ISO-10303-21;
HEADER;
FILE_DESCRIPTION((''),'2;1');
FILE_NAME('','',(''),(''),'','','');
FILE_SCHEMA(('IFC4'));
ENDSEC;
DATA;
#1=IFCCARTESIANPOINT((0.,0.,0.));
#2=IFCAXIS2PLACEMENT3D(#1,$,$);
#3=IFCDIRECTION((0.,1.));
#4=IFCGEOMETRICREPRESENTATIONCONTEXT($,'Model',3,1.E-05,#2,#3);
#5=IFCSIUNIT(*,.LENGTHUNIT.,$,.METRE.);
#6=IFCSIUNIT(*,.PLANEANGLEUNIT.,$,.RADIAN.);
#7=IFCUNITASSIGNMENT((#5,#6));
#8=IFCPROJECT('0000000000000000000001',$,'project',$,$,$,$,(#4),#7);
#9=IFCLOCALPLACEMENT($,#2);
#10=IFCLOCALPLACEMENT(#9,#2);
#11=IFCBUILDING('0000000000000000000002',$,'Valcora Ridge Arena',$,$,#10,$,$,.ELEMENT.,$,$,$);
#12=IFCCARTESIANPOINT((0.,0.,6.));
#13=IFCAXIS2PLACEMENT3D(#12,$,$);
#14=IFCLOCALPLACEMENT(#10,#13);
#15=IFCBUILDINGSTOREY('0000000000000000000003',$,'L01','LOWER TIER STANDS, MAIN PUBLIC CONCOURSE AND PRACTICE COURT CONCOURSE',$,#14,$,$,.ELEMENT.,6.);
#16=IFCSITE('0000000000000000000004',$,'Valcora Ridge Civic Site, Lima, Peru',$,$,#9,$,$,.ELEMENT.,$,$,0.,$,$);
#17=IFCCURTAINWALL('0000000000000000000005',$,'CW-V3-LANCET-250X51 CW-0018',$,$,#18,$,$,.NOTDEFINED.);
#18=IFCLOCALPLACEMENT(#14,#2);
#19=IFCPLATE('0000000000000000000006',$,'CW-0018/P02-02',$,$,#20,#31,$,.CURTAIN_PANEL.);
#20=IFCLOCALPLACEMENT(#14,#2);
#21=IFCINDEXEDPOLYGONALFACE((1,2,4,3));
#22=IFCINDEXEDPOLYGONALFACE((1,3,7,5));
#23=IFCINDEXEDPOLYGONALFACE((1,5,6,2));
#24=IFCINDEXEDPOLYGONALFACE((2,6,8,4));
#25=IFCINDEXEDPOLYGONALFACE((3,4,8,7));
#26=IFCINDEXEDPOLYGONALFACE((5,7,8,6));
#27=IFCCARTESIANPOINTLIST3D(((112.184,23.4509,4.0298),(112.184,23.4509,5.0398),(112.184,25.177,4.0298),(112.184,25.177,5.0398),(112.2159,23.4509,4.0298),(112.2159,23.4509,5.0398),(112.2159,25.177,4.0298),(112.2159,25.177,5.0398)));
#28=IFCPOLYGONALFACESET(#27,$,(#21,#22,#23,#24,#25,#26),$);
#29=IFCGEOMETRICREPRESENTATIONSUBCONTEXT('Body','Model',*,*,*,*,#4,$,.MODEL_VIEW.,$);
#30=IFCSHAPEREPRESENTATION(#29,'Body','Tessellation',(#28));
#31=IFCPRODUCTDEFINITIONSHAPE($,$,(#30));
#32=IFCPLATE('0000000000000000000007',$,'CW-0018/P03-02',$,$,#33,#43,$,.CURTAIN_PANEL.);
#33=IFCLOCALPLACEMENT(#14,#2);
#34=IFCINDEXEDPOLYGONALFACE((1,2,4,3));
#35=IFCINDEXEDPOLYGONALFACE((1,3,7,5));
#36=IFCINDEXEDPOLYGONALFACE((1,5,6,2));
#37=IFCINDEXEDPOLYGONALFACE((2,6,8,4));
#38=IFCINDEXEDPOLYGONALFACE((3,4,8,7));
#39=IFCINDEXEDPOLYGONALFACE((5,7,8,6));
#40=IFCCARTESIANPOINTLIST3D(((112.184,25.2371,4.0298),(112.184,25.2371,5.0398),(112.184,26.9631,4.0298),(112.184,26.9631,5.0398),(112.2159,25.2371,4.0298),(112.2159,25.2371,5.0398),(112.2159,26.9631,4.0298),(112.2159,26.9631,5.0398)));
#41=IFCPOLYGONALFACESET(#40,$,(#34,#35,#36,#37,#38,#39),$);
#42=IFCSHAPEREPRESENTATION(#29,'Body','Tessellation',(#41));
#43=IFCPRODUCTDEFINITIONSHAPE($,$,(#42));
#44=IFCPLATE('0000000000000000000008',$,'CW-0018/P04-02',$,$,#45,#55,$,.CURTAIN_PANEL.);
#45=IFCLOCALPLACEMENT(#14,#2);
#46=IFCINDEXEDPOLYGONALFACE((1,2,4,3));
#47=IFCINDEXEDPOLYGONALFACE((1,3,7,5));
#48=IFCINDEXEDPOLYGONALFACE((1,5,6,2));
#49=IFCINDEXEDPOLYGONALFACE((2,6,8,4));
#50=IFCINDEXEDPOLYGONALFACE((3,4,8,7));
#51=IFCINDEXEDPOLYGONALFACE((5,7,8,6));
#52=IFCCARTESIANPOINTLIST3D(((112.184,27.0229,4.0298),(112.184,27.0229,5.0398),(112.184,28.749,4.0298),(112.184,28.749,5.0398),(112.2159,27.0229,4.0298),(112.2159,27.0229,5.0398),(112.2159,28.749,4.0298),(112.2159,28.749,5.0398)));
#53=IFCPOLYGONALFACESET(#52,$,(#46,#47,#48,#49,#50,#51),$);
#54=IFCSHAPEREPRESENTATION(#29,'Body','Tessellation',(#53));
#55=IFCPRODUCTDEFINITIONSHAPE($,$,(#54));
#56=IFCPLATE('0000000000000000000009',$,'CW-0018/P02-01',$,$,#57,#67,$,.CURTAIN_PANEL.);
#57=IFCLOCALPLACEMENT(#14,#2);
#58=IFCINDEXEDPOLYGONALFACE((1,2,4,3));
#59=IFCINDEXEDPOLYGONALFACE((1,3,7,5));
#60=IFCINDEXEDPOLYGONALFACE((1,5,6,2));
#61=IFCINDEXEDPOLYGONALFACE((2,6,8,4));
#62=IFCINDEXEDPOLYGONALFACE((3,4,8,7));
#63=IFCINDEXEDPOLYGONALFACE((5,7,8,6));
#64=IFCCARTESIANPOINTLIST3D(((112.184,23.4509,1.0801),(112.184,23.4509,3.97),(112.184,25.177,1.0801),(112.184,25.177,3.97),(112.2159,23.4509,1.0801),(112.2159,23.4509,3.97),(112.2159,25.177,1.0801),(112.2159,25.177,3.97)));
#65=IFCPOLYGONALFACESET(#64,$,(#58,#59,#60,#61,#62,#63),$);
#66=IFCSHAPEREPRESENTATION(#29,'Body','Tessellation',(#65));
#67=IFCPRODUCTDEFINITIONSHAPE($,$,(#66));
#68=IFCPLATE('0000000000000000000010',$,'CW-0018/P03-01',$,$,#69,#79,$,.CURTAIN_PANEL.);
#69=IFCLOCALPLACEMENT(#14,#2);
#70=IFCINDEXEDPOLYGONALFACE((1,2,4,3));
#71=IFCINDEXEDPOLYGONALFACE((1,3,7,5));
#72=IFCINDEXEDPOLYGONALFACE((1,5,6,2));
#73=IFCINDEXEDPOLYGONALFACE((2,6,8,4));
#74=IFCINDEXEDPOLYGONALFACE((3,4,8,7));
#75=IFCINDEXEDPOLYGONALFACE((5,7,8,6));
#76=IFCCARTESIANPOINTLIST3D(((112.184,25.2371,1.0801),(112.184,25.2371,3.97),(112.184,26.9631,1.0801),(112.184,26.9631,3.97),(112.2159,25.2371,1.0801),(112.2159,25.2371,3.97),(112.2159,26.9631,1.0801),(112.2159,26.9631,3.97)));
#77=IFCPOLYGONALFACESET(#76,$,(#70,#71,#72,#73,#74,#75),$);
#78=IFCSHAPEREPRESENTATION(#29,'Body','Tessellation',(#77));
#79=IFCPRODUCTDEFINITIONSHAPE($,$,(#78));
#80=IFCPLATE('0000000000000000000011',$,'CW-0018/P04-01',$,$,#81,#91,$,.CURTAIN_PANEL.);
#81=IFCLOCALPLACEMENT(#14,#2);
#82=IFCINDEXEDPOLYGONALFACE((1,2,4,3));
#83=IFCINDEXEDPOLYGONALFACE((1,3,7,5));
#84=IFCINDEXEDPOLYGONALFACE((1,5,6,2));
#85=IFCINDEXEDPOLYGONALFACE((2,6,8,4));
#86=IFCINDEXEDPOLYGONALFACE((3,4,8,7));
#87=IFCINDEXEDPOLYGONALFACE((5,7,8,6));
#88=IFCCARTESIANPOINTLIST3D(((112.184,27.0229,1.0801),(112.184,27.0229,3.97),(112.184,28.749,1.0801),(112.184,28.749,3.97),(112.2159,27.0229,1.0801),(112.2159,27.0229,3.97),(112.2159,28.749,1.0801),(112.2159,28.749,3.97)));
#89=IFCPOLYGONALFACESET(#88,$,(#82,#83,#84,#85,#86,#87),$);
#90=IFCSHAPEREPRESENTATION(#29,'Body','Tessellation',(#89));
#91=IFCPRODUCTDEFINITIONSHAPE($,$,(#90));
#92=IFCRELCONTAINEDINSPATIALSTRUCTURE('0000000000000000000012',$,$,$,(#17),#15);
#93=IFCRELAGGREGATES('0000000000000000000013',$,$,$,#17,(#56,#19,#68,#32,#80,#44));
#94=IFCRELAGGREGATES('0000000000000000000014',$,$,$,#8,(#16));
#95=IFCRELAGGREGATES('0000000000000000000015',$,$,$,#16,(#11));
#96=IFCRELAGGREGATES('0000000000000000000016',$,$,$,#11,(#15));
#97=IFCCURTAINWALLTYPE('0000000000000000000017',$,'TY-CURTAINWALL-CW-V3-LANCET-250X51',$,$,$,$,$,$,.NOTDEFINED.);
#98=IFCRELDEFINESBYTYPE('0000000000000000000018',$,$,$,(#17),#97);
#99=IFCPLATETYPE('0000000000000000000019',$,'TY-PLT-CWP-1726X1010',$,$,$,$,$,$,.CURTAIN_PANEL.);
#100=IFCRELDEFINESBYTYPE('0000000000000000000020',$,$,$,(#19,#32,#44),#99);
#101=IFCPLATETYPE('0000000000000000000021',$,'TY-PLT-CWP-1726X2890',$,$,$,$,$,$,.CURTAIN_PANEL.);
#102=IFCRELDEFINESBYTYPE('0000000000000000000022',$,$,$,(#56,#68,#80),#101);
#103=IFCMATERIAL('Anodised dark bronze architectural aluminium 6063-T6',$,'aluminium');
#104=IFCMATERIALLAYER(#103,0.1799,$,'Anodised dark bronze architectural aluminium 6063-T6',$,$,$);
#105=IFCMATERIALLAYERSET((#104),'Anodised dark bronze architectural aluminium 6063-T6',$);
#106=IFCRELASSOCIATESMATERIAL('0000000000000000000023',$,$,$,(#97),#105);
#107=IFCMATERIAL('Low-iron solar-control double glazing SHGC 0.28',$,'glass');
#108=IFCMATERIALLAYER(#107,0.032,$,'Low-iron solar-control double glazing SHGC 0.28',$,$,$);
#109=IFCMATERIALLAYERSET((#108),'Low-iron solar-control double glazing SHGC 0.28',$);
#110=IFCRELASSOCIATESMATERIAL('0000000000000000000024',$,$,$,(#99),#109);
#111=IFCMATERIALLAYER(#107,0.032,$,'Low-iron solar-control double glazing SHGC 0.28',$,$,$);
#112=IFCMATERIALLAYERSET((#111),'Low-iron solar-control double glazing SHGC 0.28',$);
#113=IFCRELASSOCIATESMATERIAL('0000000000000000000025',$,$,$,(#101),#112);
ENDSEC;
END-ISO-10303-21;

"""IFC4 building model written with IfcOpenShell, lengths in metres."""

from ifc_helpers import new_model, si_unit, direction, frame, origin, origin_2d, place, context, subcontext, project, spatial, rectangle, extrude, material, layer, layer_set, type_object, element, aggregate, save


model = new_model("IFC4")

# Units and contexts
model_context = context("Model", 3, precision=1e-05, world=origin(), true_north=direction((0.0, 1.0)))
body_context = subcontext(model_context, "Body", "Model", "MODEL_VIEW")
ifc_project = project(units=[si_unit("LENGTHUNIT", "METRE"), si_unit("PLANEANGLEUNIT", "RADIAN")], contexts=[model_context])

# Site, building, storey
site_placement = place(None, origin())
site = spatial("IfcSite", under=ifc_project, at=site_placement, Name="Valcora Ridge Civic Site, Lima, Peru", CompositionType="ELEMENT", RefElevation=0.0)
building_placement = place(site_placement, origin())
building = spatial("IfcBuilding", under=site, at=building_placement, Name="Valcora Ridge Arena", CompositionType="ELEMENT")
storey_placement = place(building_placement, frame((0.0, 0.0, 6.0)))
storey = spatial("IfcBuildingStorey", under=building, at=storey_placement, Name="L01", Description="LOWER TIER STANDS, MAIN PUBLIC CONCOURSE AND PRACTICE COURT CONCOURSE", CompositionType="ELEMENT", Elevation=6.0)

# Curtain wall, plates
ifc_material_1 = material(Name="Anodised dark bronze architectural aluminium 6063-T6", Category="aluminium")
ifc_layer_1 = layer(ifc_material_1, 0.1799, Name="Anodised dark bronze architectural aluminium 6063-T6")
ifc_layer_set_1 = layer_set([ifc_layer_1], Name="Anodised dark bronze architectural aluminium 6063-T6")
curtain_wall_type = type_object("IfcCurtainWallType", Name="TY-CURTAINWALL-CW-V3-LANCET-250X51", PredefinedType="NOTDEFINED", material=ifc_layer_set_1)
curtain_wall_placement = place(storey_placement, origin())
curtain_wall = element("IfcCurtainWall", 1, at=curtain_wall_placement, inside=storey, type_object=curtain_wall_type, Name="CW-V3-LANCET-250X51 CW-0018", PredefinedType="NOTDEFINED")
ifc_material_2 = material(Name="Low-iron solar-control double glazing SHGC 0.28", Category="glass")
ifc_layer_2 = layer(ifc_material_2, 0.032, Name="Low-iron solar-control double glazing SHGC 0.28")
ifc_layer_set_2 = layer_set([ifc_layer_2], Name="Low-iron solar-control double glazing SHGC 0.28")
plate_type_1 = type_object("IfcPlateType", Name="TY-PLT-CWP-1726X1010", PredefinedType="CURTAIN_PANEL", material=ifc_layer_set_2)
plate_1_placement = place(storey_placement, frame((112.2, 24.314, 4.0298), z_axis=(0.0, 0.0, 1.0), x_axis=(0.0, 1.0, 0.0)))
plate_1 = element("IfcPlate", 2, at=plate_1_placement, type_object=plate_type_1, Name="CW-0018/P02-02", PredefinedType="CURTAIN_PANEL", context=body_context, shape_type="SweptSolid", body=[
    extrude(rectangle(XDim=1.7261, YDim=0.032, at=origin_2d()), origin(), (0.0, 0.0, 1.0), 1.01),
])
plate_2_placement = place(storey_placement, frame((112.2, 26.1001, 4.0298), z_axis=(0.0, 0.0, 1.0), x_axis=(0.0, 1.0, 0.0)))
plate_2 = element("IfcPlate", 3, at=plate_2_placement, type_object=plate_type_1, Name="CW-0018/P03-02", PredefinedType="CURTAIN_PANEL", context=body_context, shape_type="SweptSolid", body=[
    extrude(rectangle(XDim=1.7261, YDim=0.032, at=origin_2d()), origin(), (0.0, 0.0, 1.0), 1.01),
])
plate_3_placement = place(storey_placement, frame((112.2, 27.886, 4.0298), z_axis=(0.0, 0.0, 1.0), x_axis=(0.0, 1.0, 0.0)))
plate_3 = element("IfcPlate", 4, at=plate_3_placement, type_object=plate_type_1, Name="CW-0018/P04-02", PredefinedType="CURTAIN_PANEL", context=body_context, shape_type="SweptSolid", body=[
    extrude(rectangle(XDim=1.7261, YDim=0.032, at=origin_2d()), origin(), (0.0, 0.0, 1.0), 1.01),
])
ifc_layer_3 = layer(ifc_material_2, 0.032, Name="Low-iron solar-control double glazing SHGC 0.28")
ifc_layer_set_3 = layer_set([ifc_layer_3], Name="Low-iron solar-control double glazing SHGC 0.28")
plate_type_2 = type_object("IfcPlateType", Name="TY-PLT-CWP-1726X2890", PredefinedType="CURTAIN_PANEL", material=ifc_layer_set_3)
plate_4_placement = place(storey_placement, frame((112.2, 24.314, 1.0801), z_axis=(0.0, 0.0, 1.0), x_axis=(0.0, 1.0, 0.0)))
plate_4 = element("IfcPlate", 5, at=plate_4_placement, type_object=plate_type_2, Name="CW-0018/P02-01", PredefinedType="CURTAIN_PANEL", context=body_context, shape_type="SweptSolid", body=[
    extrude(rectangle(XDim=1.7261, YDim=0.032, at=origin_2d()), origin(), (0.0, 0.0, 1.0), 2.8899),
])
plate_5_placement = place(storey_placement, frame((112.2, 26.1001, 1.0801), z_axis=(0.0, 0.0, 1.0), x_axis=(0.0, 1.0, 0.0)))
plate_5 = element("IfcPlate", 6, at=plate_5_placement, type_object=plate_type_2, Name="CW-0018/P03-01", PredefinedType="CURTAIN_PANEL", context=body_context, shape_type="SweptSolid", body=[
    extrude(rectangle(XDim=1.7261, YDim=0.032, at=origin_2d()), origin(), (0.0, 0.0, 1.0), 2.8899),
])
plate_6_placement = place(storey_placement, frame((112.2, 27.886, 1.0801), z_axis=(0.0, 0.0, 1.0), x_axis=(0.0, 1.0, 0.0)))
plate_6 = element("IfcPlate", 7, at=plate_6_placement, type_object=plate_type_2, Name="CW-0018/P04-01", PredefinedType="CURTAIN_PANEL", context=body_context, shape_type="SweptSolid", body=[
    extrude(rectangle(XDim=1.7261, YDim=0.032, at=origin_2d()), origin(), (0.0, 0.0, 1.0), 2.8899),
])
aggregate(curtain_wall, [plate_4, plate_1, plate_5, plate_2, plate_6, plate_3])

save(model, "model.ifc")
